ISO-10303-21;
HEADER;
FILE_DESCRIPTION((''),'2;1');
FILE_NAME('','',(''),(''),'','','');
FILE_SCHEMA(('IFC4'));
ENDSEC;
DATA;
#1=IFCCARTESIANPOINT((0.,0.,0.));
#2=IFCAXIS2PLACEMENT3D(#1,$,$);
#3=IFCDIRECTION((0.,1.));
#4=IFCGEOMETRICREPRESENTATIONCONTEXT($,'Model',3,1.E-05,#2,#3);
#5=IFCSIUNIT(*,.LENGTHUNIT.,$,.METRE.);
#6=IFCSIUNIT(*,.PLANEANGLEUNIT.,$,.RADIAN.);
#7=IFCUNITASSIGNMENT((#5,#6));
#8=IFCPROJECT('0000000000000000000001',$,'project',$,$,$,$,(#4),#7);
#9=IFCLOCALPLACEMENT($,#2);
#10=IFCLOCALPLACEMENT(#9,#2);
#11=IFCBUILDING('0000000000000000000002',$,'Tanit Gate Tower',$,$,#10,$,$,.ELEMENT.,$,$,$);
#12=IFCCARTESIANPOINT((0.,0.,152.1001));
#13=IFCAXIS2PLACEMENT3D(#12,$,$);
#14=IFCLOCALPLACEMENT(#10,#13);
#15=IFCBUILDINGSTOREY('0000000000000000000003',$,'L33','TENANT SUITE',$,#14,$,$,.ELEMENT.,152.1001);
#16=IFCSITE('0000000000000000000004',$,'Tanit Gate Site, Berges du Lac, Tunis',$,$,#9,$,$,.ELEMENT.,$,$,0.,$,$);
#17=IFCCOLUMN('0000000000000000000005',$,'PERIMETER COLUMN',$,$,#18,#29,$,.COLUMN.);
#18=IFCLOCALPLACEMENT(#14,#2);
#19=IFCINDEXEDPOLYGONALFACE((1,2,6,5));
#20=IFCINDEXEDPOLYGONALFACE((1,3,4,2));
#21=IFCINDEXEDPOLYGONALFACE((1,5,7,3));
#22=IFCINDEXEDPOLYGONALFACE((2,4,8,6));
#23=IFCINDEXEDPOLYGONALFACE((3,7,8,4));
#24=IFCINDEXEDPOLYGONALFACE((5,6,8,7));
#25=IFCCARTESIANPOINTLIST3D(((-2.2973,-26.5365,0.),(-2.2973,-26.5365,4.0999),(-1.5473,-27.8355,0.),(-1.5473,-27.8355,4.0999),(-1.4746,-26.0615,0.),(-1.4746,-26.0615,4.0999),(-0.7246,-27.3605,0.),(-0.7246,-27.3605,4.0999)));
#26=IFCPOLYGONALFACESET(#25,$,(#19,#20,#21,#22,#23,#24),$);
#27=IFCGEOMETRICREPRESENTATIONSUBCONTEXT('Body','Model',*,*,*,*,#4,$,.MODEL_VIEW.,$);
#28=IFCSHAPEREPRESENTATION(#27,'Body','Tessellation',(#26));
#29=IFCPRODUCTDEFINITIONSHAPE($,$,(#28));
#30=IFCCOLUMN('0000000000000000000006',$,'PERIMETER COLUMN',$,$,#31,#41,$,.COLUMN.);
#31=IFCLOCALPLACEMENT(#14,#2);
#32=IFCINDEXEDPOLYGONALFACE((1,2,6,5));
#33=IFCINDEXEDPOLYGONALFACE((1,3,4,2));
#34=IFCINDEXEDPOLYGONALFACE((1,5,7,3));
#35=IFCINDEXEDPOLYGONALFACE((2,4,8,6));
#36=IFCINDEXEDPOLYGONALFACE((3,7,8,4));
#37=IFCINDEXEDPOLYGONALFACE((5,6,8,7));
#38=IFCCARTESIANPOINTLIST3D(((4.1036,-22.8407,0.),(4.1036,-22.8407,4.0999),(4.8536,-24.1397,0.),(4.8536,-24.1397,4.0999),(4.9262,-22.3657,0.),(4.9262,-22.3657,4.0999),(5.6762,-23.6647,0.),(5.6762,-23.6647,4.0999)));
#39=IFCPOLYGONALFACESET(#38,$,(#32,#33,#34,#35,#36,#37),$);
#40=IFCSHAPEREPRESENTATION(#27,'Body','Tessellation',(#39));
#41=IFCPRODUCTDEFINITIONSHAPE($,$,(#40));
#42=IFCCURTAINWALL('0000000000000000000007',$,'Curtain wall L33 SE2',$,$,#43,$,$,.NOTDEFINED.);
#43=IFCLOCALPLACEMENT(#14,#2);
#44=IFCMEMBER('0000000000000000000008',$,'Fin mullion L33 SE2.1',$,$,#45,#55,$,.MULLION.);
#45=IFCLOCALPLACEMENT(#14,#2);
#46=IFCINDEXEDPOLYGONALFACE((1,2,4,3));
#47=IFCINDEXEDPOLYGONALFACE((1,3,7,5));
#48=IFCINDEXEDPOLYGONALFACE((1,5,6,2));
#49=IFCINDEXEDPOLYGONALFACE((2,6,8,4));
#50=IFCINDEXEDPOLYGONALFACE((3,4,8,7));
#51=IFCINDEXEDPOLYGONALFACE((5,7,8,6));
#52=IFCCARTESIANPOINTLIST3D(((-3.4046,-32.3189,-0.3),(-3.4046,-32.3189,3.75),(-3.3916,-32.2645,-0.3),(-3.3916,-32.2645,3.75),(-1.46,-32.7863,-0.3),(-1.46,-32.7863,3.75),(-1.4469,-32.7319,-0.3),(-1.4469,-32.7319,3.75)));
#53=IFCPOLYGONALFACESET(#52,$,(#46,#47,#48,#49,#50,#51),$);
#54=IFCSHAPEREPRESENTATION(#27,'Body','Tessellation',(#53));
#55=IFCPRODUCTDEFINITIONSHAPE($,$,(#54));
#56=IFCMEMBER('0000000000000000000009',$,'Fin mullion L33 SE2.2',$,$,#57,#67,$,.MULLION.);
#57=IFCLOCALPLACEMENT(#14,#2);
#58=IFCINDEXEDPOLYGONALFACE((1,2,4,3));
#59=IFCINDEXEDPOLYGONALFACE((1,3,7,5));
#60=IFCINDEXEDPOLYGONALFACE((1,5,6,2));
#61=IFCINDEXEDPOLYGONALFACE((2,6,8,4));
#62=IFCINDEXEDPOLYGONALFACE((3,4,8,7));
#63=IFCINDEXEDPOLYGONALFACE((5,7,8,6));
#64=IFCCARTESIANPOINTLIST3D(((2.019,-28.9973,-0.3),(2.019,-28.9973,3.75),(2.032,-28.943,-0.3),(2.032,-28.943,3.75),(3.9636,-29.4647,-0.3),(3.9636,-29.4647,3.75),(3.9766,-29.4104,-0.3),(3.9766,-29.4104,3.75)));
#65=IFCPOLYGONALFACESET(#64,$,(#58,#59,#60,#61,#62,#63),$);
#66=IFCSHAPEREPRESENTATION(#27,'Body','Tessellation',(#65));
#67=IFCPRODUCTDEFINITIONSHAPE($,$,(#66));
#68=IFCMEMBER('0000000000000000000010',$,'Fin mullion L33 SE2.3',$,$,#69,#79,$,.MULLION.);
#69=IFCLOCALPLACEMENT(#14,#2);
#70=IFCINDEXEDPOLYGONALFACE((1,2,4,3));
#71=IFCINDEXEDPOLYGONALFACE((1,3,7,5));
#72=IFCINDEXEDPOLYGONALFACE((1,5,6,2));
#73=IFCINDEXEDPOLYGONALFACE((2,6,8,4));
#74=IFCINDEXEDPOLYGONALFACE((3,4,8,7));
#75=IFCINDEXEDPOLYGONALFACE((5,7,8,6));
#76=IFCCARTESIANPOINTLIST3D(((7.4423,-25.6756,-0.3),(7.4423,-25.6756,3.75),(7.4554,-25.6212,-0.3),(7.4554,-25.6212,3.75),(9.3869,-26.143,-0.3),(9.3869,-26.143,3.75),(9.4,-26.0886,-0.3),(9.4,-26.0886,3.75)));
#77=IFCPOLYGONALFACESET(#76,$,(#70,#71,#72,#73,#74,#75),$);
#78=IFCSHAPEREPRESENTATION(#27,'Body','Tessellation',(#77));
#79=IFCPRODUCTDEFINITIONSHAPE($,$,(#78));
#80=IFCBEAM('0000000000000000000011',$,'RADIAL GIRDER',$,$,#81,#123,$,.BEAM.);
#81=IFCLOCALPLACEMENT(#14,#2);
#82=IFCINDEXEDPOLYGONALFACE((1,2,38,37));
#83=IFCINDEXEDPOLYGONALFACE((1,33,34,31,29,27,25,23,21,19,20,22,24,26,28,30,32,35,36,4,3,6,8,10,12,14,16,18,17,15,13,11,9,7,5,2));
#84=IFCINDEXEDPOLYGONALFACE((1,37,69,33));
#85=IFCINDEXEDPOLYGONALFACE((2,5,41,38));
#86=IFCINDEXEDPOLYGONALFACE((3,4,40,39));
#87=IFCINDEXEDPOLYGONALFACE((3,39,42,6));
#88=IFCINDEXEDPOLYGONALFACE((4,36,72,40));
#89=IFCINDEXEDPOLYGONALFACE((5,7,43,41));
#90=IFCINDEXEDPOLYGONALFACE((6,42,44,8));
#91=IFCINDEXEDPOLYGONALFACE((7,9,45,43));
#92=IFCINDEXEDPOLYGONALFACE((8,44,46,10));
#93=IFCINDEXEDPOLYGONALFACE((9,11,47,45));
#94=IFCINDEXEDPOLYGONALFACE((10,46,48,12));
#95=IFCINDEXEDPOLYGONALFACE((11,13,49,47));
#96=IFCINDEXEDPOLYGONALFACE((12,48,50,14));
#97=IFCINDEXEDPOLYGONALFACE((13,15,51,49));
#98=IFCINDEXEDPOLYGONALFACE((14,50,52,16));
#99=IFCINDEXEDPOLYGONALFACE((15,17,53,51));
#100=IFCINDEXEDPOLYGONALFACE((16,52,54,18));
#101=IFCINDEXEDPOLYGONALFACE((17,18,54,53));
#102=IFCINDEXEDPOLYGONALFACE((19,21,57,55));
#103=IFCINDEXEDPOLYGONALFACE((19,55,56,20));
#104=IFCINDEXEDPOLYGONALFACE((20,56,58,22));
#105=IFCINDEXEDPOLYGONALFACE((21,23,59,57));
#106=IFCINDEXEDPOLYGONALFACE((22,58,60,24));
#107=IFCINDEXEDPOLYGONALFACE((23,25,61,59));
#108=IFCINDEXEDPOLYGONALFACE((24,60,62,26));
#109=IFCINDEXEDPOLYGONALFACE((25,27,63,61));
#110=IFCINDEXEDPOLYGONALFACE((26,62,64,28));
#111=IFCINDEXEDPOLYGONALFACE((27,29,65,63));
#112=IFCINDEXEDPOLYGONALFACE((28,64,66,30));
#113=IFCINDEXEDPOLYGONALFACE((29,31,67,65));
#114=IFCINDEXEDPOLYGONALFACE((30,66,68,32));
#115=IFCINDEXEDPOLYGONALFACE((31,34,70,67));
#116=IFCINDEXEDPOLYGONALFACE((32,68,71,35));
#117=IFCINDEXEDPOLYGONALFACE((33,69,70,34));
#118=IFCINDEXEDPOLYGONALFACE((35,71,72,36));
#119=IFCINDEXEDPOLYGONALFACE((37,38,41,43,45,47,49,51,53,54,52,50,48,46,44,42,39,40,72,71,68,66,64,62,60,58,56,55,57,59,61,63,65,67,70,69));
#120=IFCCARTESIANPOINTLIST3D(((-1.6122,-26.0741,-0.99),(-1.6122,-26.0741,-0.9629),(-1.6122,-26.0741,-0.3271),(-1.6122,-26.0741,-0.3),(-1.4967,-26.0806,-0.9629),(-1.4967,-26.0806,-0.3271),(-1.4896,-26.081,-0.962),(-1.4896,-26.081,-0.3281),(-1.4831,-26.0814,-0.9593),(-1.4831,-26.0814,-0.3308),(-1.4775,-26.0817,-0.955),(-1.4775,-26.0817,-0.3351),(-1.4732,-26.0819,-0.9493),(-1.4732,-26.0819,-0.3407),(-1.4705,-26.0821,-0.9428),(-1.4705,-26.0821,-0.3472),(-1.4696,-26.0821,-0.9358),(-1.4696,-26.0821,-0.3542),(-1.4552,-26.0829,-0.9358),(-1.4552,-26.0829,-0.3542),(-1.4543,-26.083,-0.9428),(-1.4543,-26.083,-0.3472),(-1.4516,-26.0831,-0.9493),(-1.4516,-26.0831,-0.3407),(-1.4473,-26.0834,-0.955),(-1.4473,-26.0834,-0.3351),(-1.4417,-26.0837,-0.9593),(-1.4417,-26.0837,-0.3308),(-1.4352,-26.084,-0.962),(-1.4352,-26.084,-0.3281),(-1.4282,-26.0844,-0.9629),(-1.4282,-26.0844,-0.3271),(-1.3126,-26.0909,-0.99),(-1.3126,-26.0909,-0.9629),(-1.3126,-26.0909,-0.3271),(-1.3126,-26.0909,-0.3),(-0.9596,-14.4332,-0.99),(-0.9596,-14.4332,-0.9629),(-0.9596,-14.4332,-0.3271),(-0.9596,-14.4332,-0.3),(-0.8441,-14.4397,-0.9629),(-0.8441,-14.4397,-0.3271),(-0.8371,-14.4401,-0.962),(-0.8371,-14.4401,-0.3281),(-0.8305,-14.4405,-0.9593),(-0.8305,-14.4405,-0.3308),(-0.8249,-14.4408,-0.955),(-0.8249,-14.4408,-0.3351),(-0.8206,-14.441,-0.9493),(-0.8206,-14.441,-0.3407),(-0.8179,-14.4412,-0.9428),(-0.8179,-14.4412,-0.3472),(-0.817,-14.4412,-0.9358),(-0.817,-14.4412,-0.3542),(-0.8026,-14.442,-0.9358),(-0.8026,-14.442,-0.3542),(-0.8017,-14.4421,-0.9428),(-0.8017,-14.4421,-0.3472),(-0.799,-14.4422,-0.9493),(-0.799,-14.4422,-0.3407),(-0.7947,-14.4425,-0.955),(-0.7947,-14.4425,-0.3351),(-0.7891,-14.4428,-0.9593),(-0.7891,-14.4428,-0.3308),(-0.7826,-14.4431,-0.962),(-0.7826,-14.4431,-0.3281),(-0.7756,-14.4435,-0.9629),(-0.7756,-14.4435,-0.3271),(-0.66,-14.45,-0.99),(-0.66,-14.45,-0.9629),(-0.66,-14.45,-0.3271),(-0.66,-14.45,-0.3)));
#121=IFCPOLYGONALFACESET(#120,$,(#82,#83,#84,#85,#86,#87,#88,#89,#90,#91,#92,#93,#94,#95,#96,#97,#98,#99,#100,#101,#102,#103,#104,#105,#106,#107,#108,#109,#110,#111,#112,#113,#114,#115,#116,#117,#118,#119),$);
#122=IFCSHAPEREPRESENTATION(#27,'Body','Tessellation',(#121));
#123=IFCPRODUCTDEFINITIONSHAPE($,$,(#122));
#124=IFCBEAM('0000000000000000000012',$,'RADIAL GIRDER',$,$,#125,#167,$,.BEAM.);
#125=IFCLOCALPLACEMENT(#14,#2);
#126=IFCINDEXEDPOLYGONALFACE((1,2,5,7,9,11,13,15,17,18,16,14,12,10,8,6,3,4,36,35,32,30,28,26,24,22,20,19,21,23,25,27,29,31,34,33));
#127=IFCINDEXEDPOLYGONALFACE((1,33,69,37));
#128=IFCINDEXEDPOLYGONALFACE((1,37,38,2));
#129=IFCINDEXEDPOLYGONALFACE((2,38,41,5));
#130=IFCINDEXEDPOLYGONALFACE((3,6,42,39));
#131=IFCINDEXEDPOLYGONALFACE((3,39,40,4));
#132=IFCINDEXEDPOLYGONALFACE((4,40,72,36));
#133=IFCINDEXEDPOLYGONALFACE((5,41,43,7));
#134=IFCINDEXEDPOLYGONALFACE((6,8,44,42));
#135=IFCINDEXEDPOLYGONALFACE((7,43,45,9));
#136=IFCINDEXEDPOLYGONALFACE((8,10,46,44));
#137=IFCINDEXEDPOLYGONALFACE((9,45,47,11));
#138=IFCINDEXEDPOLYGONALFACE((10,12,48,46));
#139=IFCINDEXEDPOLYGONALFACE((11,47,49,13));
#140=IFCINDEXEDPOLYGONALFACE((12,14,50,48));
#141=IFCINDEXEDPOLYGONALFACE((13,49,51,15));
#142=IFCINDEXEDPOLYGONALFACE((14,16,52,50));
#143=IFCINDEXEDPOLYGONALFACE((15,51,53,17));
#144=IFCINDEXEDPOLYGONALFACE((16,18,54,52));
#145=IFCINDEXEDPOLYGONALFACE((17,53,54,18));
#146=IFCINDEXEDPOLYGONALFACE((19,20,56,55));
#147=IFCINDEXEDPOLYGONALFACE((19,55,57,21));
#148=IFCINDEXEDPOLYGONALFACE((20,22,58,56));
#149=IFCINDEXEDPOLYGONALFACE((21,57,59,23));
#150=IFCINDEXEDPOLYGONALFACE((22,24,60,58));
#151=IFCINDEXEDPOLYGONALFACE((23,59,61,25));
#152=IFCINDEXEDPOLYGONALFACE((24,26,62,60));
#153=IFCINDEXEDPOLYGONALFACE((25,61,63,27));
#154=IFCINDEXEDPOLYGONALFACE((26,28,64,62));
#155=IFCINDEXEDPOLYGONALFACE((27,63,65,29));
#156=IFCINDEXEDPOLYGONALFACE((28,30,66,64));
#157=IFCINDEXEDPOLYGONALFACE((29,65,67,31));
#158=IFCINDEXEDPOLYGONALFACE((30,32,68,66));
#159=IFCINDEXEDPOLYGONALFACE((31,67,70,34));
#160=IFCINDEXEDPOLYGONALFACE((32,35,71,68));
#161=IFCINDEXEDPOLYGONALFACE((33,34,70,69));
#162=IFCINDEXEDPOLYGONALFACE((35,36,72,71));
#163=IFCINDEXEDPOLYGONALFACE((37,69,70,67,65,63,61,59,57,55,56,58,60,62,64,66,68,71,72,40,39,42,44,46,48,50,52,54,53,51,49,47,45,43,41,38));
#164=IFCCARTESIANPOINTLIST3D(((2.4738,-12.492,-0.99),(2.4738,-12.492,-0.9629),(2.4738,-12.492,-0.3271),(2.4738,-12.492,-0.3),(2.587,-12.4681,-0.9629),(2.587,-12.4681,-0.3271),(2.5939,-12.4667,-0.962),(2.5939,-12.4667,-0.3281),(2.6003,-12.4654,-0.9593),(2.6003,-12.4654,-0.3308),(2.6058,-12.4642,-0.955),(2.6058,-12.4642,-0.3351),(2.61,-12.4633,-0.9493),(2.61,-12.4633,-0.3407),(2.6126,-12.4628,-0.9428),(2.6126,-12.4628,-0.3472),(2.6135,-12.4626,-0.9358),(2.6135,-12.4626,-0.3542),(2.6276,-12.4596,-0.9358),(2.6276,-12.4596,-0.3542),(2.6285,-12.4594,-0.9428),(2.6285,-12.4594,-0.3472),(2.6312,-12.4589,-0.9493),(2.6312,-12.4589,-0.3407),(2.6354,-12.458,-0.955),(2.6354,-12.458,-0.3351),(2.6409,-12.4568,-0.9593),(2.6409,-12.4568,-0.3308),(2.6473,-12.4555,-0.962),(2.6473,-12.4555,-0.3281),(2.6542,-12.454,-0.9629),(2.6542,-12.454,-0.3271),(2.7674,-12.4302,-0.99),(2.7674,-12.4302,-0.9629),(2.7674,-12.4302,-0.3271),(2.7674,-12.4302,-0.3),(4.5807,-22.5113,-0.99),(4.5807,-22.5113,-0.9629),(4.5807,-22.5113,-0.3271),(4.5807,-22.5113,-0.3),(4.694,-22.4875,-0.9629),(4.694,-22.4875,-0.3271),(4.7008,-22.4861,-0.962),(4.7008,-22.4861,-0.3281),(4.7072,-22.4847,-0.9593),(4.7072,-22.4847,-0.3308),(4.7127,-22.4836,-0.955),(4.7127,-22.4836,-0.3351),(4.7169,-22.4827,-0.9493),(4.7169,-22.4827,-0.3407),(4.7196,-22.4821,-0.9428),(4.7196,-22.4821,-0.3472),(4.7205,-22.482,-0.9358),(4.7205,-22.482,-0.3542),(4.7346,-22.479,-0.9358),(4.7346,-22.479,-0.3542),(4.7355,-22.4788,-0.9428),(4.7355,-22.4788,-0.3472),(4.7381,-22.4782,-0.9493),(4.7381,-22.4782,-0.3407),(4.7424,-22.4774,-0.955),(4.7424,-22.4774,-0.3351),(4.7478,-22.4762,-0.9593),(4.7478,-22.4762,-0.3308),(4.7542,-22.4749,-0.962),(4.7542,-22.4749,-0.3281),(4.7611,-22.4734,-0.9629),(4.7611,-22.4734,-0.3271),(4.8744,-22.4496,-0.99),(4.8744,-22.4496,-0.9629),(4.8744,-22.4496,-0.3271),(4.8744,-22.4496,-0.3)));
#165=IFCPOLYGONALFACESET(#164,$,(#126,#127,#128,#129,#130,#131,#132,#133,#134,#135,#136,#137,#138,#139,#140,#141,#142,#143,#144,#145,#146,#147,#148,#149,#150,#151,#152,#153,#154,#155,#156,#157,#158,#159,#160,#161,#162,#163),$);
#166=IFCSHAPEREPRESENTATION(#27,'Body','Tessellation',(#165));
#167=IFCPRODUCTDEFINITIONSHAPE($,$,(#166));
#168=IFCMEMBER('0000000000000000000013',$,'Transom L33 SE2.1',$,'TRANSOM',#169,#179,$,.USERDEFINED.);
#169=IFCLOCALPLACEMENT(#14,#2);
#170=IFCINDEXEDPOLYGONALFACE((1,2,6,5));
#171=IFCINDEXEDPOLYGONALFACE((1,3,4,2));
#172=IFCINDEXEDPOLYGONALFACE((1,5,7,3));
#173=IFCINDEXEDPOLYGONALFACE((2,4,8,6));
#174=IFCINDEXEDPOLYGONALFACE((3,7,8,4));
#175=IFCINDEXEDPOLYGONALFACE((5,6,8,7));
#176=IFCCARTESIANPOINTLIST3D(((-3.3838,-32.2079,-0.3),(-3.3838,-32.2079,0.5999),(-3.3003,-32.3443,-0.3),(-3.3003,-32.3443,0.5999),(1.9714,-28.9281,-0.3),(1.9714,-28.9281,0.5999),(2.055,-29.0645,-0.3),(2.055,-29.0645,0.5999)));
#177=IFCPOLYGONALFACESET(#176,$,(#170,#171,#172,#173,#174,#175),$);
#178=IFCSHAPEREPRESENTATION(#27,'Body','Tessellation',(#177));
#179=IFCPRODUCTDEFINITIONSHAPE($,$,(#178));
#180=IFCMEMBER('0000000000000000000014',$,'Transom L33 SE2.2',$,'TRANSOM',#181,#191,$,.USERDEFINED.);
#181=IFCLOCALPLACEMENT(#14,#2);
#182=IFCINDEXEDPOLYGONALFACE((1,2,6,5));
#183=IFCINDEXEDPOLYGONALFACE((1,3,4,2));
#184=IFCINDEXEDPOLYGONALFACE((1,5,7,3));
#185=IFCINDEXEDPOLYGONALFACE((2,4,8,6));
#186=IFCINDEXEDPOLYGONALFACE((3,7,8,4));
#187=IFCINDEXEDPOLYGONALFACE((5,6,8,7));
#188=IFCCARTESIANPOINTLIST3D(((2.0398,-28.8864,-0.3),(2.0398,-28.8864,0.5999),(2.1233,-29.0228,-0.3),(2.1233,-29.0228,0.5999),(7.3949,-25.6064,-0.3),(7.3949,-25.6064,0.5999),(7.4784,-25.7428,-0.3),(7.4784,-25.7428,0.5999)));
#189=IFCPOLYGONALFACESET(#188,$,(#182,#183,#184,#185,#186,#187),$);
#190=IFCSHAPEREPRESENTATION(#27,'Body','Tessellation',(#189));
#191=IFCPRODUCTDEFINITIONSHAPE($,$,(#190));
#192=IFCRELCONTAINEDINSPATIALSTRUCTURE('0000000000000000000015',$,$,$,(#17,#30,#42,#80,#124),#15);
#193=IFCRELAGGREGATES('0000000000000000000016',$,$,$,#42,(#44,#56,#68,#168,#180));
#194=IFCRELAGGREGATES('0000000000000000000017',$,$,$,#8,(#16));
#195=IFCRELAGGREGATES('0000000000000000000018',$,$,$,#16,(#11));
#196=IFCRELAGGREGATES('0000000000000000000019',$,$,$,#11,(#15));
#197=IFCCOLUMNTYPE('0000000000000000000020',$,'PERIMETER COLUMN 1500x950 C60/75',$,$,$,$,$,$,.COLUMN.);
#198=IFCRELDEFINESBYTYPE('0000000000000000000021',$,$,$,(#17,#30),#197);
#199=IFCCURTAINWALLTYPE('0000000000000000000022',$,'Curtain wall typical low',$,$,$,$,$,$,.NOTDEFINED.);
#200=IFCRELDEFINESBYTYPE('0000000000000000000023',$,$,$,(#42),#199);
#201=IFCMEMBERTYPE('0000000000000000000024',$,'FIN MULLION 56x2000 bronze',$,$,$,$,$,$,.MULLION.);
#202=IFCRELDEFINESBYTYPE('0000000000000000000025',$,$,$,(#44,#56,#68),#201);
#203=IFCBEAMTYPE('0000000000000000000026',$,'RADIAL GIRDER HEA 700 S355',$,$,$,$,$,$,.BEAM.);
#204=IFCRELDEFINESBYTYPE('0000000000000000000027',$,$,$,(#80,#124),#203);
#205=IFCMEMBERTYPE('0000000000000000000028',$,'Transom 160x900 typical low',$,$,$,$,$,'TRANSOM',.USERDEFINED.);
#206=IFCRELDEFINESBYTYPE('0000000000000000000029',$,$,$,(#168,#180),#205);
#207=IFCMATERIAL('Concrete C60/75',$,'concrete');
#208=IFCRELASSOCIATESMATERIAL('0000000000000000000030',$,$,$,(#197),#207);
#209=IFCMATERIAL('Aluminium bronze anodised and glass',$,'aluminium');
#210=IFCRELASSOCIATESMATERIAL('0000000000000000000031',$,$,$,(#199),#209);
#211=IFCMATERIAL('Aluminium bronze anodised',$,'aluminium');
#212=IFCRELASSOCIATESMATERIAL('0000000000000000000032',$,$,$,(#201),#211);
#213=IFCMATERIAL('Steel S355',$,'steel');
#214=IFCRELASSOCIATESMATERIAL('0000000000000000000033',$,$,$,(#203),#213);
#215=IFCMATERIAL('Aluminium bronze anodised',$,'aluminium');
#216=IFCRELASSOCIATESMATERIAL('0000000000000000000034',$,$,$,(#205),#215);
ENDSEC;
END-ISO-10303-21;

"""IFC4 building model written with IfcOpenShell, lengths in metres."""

from ifc_helpers import new_model, si_unit, direction, frame, origin, origin_2d, place, context, subcontext, project, spatial, rectangle, i_section, extrude, material, material_profile, profile_set, type_object, element, aggregate, save


model = new_model("IFC4")

# Units and contexts
model_context = context("Model", 3, precision=1e-05, world=origin(), true_north=direction((0.0, 1.0)))
body_context = subcontext(model_context, "Body", "Model", "MODEL_VIEW")
ifc_project = project(units=[si_unit("LENGTHUNIT", "METRE"), si_unit("PLANEANGLEUNIT", "RADIAN")], contexts=[model_context])

# Site, building, storey
site_placement = place(None, origin())
site = spatial("IfcSite", under=ifc_project, at=site_placement, Name="Tanit Gate Site, Berges du Lac, Tunis", CompositionType="ELEMENT", RefElevation=0.0)
building_placement = place(site_placement, origin())
building = spatial("IfcBuilding", under=site, at=building_placement, Name="Tanit Gate Tower", CompositionType="ELEMENT")
storey_placement = place(building_placement, frame((0.0, 0.0, 152.1001)))
storey = spatial("IfcBuildingStorey", under=building, at=storey_placement, Name="L33", Description="TENANT SUITE", CompositionType="ELEMENT", Elevation=152.1001)

# Columns
ifc_material_1 = material(Name="Concrete C60/75", Category="concrete")
ifc_material_profile_1 = material_profile(ifc_material_1, rectangle(XDim=1.5, YDim=0.95, at=origin_2d()), Name="RC 1500x950")
ifc_profile_set_1 = profile_set([ifc_material_profile_1], Name="Concrete C60/75")
column_type = type_object("IfcColumnType", Name="PERIMETER COLUMN 1500x950 C60/75", PredefinedType="COLUMN", material=ifc_profile_set_1)
for number, where, z_axis, x_axis, name in (
    (1, (-1.511, -26.9485, 0.0), (0.0, 0.0, 1.0), (0.5, -0.866025, 0.0), "PERIMETER COLUMN"),
    (2, (4.8899, -23.2527, 0.0), (0.0, 0.0, 1.0), (0.5, -0.866025, 0.0), "PERIMETER COLUMN"),
):
    element("IfcColumn", number, at=place(storey_placement, frame(where, z_axis=z_axis, x_axis=x_axis)), inside=storey, type_object=column_type, Name=name, PredefinedType="COLUMN", context=body_context, shape_type="SweptSolid", body=[
        extrude(rectangle(XDim=1.5, YDim=0.95, at=origin_2d()), origin(), (0.0, 0.0, 1.0), 4.0999),
    ])

# Curtain wall, members
ifc_material_2 = material(Name="Aluminium bronze anodised and glass", Category="aluminium")
curtain_wall_type = type_object("IfcCurtainWallType", Name="Curtain wall typical low", PredefinedType="NOTDEFINED", material=ifc_material_2)
curtain_wall_placement = place(storey_placement, origin())
curtain_wall = element("IfcCurtainWall", 3, at=curtain_wall_placement, inside=storey, type_object=curtain_wall_type, Name="Curtain wall L33 SE2", PredefinedType="NOTDEFINED")
ifc_material_3 = material(Name="Aluminium bronze anodised", Category="aluminium")
ifc_material_profile_2 = material_profile(ifc_material_3, rectangle(XDim=2.0, YDim=0.0559, at=origin_2d()), Name="56x2000 bronze fin mullion")
ifc_profile_set_2 = profile_set([ifc_material_profile_2], Name="Aluminium bronze anodised")
member_type_1 = type_object("IfcMemberType", Name="FIN MULLION 56x2000 bronze", PredefinedType="MULLION", material=ifc_profile_set_2)
member_1_placement = place(storey_placement, frame((-2.4258, -32.5254, -0.3), z_axis=(0.0, 0.0, 1.0), x_axis=(-0.972311, 0.233691, 0.0)))
member_1 = element("IfcMember", 4, at=member_1_placement, type_object=member_type_1, Name="Fin mullion L33 SE2.1", PredefinedType="MULLION", context=body_context, shape_type="SweptSolid", body=[
    extrude(rectangle(XDim=2.0, YDim=0.0559, at=origin_2d()), origin(), (0.0, 0.0, 1.0), 4.05),
])
member_2_placement = place(storey_placement, frame((2.9978, -29.2039, -0.3), z_axis=(0.0, 0.0, 1.0), x_axis=(-0.972311, 0.233691, 0.0)))
member_2 = element("IfcMember", 5, at=member_2_placement, type_object=member_type_1, Name="Fin mullion L33 SE2.2", PredefinedType="MULLION", context=body_context, shape_type="SweptSolid", body=[
    extrude(rectangle(XDim=2.0, YDim=0.0559, at=origin_2d()), origin(), (0.0, 0.0, 1.0), 4.05),
])
member_3_placement = place(storey_placement, frame((8.4211, -25.8821, -0.3), z_axis=(0.0, 0.0, 1.0), x_axis=(-0.972311, 0.233691, 0.0)))
member_3 = element("IfcMember", 6, at=member_3_placement, type_object=member_type_1, Name="Fin mullion L33 SE2.3", PredefinedType="MULLION", context=body_context, shape_type="SweptSolid", body=[
    extrude(rectangle(XDim=2.0, YDim=0.0559, at=origin_2d()), origin(), (0.0, 0.0, 1.0), 4.05),
])

# Beams
ifc_material_4 = material(Name="Steel S355", Category="steel")
ifc_material_profile_3 = material_profile(ifc_material_4, i_section(OverallWidth=0.3, OverallDepth=0.6899, WebThickness=0.0144, FlangeThickness=0.0271, FilletRadius=0.0271, at=origin_2d()), Name="HEA 700")
ifc_profile_set_3 = profile_set([ifc_material_profile_3], Name="Steel S355")
beam_type = type_object("IfcBeamType", Name="RADIAL GIRDER HEA 700 S355", PredefinedType="BEAM", material=ifc_profile_set_3)
beam_1_placement = place(storey_placement, frame((-1.4624, -26.0825, -0.645), z_axis=(0.055972, 0.998432, 0.0), x_axis=(-0.998432, 0.055972, 0.0)))
element("IfcBeam", 7, at=beam_1_placement, inside=storey, type_object=beam_type, Name="RADIAL GIRDER", PredefinedType="BEAM", context=body_context, shape_type="SweptSolid", body=[
    extrude(i_section(OverallWidth=0.3, OverallDepth=0.6899, WebThickness=0.0144, FlangeThickness=0.0271, FilletRadius=0.0271, at=origin_2d()), origin(), (0.0, 0.0, 1.0), 11.6592),
])
beam_2_placement = place(storey_placement, frame((4.7275, -22.4805, -0.645), z_axis=(-0.205787, 0.978597, 0.0), x_axis=(-0.978597, -0.205787, 0.0)))
element("IfcBeam", 8, at=beam_2_placement, inside=storey, type_object=beam_type, Name="RADIAL GIRDER", PredefinedType="BEAM", context=body_context, shape_type="SweptSolid", body=[
    extrude(i_section(OverallWidth=0.3, OverallDepth=0.6899, WebThickness=0.0144, FlangeThickness=0.0271, FilletRadius=0.0271, at=origin_2d()), origin(), (0.0, 0.0, 1.0), 10.2385),
])

# Members
ifc_material_5 = material(Name="Aluminium bronze anodised", Category="aluminium")
ifc_material_profile_4 = material_profile(ifc_material_5, rectangle(XDim=0.1599, YDim=0.8999, at=origin_2d()), Name="160x900 bronze transom")
ifc_profile_set_4 = profile_set([ifc_material_profile_4], Name="Aluminium bronze anodised")
member_type_2 = type_object("IfcMemberType", Name="Transom 160x900 typical low", ElementType="TRANSOM", PredefinedType="USERDEFINED", material=ifc_profile_set_4)
member_4_placement = place(storey_placement, frame((-3.342, -32.2761, 0.1499), z_axis=(0.852775, 0.522279, 0.0), x_axis=(-0.522279, 0.852775, 0.0)))
member_4 = element("IfcMember", 9, at=member_4_placement, type_object=member_type_2, Name="Transom L33 SE2.1", ObjectType="TRANSOM", PredefinedType="USERDEFINED", context=body_context, shape_type="SweptSolid", body=[
    extrude(rectangle(XDim=0.1599, YDim=0.8999, at=origin_2d()), origin(), (0.0, 0.0, 1.0), 6.2798),
])
member_5_placement = place(storey_placement, frame((2.0815, -28.9546, 0.1499), z_axis=(0.852758, 0.522307, 0.0), x_axis=(-0.522307, 0.852758, 0.0)))
member_5 = element("IfcMember", 10, at=member_5_placement, type_object=member_type_2, Name="Transom L33 SE2.2", ObjectType="TRANSOM", PredefinedType="USERDEFINED", context=body_context, shape_type="SweptSolid", body=[
    extrude(rectangle(XDim=0.1599, YDim=0.8999, at=origin_2d()), origin(), (0.0, 0.0, 1.0), 6.2798),
])

aggregate(curtain_wall, [member_1, member_2, member_3, member_4, member_5])

save(model, "model.ifc")
